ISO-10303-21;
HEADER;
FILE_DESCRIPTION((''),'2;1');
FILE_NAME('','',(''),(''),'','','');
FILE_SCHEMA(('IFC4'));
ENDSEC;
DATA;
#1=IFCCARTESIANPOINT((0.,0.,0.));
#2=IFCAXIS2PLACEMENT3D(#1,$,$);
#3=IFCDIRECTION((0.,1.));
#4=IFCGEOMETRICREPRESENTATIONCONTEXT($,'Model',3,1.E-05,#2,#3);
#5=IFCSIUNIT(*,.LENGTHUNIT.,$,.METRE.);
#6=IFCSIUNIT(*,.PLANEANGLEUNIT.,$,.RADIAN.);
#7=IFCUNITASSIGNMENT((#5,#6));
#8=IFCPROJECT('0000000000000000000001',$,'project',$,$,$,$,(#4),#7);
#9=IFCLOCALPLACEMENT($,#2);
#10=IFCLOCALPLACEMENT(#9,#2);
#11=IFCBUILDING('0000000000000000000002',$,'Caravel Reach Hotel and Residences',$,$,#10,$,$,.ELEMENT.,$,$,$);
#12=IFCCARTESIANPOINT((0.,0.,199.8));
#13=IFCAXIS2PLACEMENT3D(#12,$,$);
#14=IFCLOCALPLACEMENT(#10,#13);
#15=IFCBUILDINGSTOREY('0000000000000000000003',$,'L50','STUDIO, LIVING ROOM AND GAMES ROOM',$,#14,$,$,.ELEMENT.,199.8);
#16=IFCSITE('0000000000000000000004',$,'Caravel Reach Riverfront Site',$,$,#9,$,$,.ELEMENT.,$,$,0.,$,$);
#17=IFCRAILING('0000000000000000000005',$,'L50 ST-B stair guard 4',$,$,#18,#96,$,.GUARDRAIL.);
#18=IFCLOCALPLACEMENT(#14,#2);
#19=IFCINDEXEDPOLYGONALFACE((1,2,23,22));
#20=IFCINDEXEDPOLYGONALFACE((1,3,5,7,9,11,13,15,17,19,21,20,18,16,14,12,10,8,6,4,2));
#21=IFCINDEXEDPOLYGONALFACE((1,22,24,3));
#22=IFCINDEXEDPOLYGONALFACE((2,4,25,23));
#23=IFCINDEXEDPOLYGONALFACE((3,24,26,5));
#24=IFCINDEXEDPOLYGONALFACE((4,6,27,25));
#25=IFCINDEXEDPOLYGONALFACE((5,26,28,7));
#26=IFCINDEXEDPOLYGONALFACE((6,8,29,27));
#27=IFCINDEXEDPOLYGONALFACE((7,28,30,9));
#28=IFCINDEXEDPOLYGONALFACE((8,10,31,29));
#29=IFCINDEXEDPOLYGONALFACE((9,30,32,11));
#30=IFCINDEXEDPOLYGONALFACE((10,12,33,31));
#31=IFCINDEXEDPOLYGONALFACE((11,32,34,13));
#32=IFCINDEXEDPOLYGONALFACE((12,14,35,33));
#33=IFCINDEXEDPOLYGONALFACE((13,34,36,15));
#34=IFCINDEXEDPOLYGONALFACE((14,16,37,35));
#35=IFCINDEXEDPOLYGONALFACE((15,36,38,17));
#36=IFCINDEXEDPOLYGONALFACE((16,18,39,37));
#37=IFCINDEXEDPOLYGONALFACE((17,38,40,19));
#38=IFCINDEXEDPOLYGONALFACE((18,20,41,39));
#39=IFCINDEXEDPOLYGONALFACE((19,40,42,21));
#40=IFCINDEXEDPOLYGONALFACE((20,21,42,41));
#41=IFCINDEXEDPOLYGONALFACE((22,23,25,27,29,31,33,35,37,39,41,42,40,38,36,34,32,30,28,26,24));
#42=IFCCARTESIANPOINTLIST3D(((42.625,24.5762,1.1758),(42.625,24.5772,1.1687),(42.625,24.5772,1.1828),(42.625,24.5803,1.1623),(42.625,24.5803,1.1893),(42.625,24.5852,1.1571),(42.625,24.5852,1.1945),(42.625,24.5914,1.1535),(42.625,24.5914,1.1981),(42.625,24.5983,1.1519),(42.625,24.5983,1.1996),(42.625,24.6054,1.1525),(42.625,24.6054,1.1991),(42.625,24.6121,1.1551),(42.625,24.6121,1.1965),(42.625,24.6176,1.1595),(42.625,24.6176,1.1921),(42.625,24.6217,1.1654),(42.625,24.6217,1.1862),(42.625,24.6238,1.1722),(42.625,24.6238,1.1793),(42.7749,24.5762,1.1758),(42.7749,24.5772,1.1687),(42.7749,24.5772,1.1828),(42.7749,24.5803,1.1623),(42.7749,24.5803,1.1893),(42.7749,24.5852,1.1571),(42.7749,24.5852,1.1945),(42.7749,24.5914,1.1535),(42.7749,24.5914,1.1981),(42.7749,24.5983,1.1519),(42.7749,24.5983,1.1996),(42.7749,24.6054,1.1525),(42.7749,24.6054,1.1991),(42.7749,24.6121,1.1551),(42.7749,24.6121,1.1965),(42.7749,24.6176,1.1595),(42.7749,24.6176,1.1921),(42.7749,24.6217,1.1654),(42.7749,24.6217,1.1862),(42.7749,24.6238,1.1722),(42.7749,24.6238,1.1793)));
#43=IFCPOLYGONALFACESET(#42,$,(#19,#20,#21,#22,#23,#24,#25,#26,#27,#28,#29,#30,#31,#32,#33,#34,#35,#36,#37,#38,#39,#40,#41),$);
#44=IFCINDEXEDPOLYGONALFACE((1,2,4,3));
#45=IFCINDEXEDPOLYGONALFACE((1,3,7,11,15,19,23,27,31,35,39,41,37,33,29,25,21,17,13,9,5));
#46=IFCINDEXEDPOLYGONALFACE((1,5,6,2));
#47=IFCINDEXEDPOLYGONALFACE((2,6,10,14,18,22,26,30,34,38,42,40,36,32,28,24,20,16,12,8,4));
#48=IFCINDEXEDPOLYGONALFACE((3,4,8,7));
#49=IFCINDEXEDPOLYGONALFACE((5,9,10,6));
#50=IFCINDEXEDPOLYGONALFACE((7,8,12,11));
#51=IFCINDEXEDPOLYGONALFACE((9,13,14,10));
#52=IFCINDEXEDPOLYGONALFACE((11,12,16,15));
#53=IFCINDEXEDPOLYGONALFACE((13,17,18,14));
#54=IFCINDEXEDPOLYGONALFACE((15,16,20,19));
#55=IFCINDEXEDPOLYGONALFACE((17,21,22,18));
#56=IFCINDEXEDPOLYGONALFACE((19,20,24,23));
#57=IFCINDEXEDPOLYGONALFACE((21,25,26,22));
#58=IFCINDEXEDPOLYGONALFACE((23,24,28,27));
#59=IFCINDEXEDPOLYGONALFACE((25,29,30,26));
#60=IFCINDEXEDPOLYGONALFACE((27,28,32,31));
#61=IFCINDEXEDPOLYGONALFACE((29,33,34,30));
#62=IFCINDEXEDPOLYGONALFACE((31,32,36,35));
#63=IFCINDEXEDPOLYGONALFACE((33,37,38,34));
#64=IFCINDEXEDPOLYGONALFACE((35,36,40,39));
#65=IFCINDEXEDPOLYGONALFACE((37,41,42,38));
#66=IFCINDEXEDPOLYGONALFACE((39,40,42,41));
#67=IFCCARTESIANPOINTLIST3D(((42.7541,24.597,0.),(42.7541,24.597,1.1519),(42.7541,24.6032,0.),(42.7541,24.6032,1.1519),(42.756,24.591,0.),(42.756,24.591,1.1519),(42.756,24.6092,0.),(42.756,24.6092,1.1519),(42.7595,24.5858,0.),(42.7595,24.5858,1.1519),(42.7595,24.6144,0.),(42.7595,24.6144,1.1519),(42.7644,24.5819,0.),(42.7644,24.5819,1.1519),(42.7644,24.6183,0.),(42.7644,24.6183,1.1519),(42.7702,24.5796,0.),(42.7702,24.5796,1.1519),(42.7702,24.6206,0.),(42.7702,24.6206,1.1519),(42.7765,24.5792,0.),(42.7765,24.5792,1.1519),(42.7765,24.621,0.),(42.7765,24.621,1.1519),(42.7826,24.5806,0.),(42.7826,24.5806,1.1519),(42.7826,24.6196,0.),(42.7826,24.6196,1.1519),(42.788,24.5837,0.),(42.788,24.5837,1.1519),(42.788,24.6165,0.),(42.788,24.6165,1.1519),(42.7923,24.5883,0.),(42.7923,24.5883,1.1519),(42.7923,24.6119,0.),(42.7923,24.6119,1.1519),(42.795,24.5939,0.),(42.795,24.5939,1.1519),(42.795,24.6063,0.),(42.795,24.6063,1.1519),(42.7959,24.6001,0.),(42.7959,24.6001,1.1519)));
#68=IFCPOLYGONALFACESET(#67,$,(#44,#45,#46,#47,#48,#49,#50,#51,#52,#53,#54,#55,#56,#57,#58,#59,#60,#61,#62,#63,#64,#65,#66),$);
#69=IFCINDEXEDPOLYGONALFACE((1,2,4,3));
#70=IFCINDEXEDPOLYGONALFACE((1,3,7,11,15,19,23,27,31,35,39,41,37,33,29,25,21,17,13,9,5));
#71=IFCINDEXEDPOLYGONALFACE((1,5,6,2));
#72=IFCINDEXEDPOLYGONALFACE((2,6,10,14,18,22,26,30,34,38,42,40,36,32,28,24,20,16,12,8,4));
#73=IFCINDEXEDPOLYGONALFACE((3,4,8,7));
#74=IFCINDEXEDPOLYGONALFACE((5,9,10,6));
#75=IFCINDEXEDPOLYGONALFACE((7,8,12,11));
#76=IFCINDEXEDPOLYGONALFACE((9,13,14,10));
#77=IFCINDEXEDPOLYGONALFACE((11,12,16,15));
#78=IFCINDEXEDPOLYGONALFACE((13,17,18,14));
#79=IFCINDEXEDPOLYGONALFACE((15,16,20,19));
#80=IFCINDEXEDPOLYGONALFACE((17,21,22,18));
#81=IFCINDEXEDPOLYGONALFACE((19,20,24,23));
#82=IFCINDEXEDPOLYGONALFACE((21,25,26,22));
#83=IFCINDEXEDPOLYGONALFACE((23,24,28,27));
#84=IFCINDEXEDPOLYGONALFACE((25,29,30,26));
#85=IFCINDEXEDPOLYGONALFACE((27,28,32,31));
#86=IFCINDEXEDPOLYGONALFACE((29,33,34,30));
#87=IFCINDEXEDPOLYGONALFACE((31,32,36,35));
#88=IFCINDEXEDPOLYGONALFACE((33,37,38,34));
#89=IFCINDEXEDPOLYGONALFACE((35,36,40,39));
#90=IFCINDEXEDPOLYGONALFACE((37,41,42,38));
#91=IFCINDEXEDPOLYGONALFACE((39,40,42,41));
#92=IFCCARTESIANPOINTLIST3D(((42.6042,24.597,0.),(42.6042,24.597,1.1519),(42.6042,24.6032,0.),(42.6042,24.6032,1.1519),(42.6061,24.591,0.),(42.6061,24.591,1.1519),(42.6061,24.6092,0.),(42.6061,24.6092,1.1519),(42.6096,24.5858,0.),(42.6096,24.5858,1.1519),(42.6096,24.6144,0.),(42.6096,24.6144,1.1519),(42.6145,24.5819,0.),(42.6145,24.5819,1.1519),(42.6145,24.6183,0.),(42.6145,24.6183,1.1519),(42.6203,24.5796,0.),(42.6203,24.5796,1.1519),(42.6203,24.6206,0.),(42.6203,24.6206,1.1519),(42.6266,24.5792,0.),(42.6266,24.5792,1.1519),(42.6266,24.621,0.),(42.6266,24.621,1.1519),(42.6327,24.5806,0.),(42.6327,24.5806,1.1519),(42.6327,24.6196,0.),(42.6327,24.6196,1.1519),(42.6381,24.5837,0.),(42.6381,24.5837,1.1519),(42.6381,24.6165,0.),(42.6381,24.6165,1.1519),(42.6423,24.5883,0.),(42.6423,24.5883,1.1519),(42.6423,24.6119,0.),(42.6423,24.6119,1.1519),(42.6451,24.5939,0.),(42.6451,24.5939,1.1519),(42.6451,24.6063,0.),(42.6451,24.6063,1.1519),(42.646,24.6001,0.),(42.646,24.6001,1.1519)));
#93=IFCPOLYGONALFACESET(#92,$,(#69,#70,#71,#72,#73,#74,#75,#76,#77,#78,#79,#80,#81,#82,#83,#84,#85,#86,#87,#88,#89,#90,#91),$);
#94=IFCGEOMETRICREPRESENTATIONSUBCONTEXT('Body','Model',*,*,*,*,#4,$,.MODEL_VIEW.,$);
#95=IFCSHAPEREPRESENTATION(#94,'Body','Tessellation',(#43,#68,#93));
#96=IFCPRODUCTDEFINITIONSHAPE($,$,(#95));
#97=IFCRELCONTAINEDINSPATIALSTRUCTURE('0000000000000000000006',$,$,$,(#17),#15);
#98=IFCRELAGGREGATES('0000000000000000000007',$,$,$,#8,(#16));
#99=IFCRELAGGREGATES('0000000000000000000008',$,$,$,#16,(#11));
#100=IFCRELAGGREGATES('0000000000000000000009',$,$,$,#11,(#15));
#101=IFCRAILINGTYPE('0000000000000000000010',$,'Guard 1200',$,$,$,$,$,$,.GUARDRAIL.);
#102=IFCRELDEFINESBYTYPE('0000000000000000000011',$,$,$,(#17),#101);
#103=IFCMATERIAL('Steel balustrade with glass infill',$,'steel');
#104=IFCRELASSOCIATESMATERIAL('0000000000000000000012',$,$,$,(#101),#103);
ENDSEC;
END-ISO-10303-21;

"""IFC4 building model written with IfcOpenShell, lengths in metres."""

from ifc_helpers import new_model, si_unit, direction, frame, origin, origin_2d, place, context, subcontext, project, spatial, circle, extrude, material, type_object, element, save


model = new_model("IFC4")

# Units and contexts
model_context = context("Model", 3, precision=1e-05, world=origin(), true_north=direction((0.0, 1.0)))
body_context = subcontext(model_context, "Body", "Model", "MODEL_VIEW")
ifc_project = project(units=[si_unit("LENGTHUNIT", "METRE"), si_unit("PLANEANGLEUNIT", "RADIAN")], contexts=[model_context])

# Site, building, storey
site_placement = place(None, origin())
site = spatial("IfcSite", under=ifc_project, at=site_placement, Name="Caravel Reach Riverfront Site", CompositionType="ELEMENT", RefElevation=0.0)
building_placement = place(site_placement, origin())
building = spatial("IfcBuilding", under=site, at=building_placement, Name="Caravel Reach Hotel and Residences", CompositionType="ELEMENT")
storey_placement = place(building_placement, frame((0.0, 0.0, 199.8)))
storey = spatial("IfcBuildingStorey", under=building, at=storey_placement, Name="L50", Description="STUDIO, LIVING ROOM AND GAMES ROOM", CompositionType="ELEMENT", Elevation=199.8)

# Railing
ifc_material_1 = material(Name="Steel balustrade with glass infill", Category="steel")
railing_type_1 = type_object("IfcRailingType", Name="Guard 1200", PredefinedType="GUARDRAIL", material=ifc_material_1)
railing_1_placement = place(storey_placement, frame((42.7749, 24.6001, 0.0)))
element("IfcRailing", 1, at=railing_1_placement, inside=storey, type_object=railing_type_1, Name="L50 ST-B stair guard 4", PredefinedType="GUARDRAIL", context=body_context, shape_type="SweptSolid", body=[
    extrude(circle(Radius=0.0239, at=origin_2d()), frame((0.0, 0.0, 1.1758), z_axis=(-1.0, 0.0, 0.0), x_axis=(0.0, -1.0, 0.0)), (0.0, 0.0, 1.0), 0.1499),
    extrude(circle(Radius=0.021, at=origin_2d()), origin(), (0.0, 0.0, 1.0), 1.1519),
    extrude(circle(Radius=0.021, at=origin_2d()), frame((-0.1499, 0.0, 0.0)), (0.0, 0.0, 1.0), 1.1519),
])

save(model, "model.ifc")
